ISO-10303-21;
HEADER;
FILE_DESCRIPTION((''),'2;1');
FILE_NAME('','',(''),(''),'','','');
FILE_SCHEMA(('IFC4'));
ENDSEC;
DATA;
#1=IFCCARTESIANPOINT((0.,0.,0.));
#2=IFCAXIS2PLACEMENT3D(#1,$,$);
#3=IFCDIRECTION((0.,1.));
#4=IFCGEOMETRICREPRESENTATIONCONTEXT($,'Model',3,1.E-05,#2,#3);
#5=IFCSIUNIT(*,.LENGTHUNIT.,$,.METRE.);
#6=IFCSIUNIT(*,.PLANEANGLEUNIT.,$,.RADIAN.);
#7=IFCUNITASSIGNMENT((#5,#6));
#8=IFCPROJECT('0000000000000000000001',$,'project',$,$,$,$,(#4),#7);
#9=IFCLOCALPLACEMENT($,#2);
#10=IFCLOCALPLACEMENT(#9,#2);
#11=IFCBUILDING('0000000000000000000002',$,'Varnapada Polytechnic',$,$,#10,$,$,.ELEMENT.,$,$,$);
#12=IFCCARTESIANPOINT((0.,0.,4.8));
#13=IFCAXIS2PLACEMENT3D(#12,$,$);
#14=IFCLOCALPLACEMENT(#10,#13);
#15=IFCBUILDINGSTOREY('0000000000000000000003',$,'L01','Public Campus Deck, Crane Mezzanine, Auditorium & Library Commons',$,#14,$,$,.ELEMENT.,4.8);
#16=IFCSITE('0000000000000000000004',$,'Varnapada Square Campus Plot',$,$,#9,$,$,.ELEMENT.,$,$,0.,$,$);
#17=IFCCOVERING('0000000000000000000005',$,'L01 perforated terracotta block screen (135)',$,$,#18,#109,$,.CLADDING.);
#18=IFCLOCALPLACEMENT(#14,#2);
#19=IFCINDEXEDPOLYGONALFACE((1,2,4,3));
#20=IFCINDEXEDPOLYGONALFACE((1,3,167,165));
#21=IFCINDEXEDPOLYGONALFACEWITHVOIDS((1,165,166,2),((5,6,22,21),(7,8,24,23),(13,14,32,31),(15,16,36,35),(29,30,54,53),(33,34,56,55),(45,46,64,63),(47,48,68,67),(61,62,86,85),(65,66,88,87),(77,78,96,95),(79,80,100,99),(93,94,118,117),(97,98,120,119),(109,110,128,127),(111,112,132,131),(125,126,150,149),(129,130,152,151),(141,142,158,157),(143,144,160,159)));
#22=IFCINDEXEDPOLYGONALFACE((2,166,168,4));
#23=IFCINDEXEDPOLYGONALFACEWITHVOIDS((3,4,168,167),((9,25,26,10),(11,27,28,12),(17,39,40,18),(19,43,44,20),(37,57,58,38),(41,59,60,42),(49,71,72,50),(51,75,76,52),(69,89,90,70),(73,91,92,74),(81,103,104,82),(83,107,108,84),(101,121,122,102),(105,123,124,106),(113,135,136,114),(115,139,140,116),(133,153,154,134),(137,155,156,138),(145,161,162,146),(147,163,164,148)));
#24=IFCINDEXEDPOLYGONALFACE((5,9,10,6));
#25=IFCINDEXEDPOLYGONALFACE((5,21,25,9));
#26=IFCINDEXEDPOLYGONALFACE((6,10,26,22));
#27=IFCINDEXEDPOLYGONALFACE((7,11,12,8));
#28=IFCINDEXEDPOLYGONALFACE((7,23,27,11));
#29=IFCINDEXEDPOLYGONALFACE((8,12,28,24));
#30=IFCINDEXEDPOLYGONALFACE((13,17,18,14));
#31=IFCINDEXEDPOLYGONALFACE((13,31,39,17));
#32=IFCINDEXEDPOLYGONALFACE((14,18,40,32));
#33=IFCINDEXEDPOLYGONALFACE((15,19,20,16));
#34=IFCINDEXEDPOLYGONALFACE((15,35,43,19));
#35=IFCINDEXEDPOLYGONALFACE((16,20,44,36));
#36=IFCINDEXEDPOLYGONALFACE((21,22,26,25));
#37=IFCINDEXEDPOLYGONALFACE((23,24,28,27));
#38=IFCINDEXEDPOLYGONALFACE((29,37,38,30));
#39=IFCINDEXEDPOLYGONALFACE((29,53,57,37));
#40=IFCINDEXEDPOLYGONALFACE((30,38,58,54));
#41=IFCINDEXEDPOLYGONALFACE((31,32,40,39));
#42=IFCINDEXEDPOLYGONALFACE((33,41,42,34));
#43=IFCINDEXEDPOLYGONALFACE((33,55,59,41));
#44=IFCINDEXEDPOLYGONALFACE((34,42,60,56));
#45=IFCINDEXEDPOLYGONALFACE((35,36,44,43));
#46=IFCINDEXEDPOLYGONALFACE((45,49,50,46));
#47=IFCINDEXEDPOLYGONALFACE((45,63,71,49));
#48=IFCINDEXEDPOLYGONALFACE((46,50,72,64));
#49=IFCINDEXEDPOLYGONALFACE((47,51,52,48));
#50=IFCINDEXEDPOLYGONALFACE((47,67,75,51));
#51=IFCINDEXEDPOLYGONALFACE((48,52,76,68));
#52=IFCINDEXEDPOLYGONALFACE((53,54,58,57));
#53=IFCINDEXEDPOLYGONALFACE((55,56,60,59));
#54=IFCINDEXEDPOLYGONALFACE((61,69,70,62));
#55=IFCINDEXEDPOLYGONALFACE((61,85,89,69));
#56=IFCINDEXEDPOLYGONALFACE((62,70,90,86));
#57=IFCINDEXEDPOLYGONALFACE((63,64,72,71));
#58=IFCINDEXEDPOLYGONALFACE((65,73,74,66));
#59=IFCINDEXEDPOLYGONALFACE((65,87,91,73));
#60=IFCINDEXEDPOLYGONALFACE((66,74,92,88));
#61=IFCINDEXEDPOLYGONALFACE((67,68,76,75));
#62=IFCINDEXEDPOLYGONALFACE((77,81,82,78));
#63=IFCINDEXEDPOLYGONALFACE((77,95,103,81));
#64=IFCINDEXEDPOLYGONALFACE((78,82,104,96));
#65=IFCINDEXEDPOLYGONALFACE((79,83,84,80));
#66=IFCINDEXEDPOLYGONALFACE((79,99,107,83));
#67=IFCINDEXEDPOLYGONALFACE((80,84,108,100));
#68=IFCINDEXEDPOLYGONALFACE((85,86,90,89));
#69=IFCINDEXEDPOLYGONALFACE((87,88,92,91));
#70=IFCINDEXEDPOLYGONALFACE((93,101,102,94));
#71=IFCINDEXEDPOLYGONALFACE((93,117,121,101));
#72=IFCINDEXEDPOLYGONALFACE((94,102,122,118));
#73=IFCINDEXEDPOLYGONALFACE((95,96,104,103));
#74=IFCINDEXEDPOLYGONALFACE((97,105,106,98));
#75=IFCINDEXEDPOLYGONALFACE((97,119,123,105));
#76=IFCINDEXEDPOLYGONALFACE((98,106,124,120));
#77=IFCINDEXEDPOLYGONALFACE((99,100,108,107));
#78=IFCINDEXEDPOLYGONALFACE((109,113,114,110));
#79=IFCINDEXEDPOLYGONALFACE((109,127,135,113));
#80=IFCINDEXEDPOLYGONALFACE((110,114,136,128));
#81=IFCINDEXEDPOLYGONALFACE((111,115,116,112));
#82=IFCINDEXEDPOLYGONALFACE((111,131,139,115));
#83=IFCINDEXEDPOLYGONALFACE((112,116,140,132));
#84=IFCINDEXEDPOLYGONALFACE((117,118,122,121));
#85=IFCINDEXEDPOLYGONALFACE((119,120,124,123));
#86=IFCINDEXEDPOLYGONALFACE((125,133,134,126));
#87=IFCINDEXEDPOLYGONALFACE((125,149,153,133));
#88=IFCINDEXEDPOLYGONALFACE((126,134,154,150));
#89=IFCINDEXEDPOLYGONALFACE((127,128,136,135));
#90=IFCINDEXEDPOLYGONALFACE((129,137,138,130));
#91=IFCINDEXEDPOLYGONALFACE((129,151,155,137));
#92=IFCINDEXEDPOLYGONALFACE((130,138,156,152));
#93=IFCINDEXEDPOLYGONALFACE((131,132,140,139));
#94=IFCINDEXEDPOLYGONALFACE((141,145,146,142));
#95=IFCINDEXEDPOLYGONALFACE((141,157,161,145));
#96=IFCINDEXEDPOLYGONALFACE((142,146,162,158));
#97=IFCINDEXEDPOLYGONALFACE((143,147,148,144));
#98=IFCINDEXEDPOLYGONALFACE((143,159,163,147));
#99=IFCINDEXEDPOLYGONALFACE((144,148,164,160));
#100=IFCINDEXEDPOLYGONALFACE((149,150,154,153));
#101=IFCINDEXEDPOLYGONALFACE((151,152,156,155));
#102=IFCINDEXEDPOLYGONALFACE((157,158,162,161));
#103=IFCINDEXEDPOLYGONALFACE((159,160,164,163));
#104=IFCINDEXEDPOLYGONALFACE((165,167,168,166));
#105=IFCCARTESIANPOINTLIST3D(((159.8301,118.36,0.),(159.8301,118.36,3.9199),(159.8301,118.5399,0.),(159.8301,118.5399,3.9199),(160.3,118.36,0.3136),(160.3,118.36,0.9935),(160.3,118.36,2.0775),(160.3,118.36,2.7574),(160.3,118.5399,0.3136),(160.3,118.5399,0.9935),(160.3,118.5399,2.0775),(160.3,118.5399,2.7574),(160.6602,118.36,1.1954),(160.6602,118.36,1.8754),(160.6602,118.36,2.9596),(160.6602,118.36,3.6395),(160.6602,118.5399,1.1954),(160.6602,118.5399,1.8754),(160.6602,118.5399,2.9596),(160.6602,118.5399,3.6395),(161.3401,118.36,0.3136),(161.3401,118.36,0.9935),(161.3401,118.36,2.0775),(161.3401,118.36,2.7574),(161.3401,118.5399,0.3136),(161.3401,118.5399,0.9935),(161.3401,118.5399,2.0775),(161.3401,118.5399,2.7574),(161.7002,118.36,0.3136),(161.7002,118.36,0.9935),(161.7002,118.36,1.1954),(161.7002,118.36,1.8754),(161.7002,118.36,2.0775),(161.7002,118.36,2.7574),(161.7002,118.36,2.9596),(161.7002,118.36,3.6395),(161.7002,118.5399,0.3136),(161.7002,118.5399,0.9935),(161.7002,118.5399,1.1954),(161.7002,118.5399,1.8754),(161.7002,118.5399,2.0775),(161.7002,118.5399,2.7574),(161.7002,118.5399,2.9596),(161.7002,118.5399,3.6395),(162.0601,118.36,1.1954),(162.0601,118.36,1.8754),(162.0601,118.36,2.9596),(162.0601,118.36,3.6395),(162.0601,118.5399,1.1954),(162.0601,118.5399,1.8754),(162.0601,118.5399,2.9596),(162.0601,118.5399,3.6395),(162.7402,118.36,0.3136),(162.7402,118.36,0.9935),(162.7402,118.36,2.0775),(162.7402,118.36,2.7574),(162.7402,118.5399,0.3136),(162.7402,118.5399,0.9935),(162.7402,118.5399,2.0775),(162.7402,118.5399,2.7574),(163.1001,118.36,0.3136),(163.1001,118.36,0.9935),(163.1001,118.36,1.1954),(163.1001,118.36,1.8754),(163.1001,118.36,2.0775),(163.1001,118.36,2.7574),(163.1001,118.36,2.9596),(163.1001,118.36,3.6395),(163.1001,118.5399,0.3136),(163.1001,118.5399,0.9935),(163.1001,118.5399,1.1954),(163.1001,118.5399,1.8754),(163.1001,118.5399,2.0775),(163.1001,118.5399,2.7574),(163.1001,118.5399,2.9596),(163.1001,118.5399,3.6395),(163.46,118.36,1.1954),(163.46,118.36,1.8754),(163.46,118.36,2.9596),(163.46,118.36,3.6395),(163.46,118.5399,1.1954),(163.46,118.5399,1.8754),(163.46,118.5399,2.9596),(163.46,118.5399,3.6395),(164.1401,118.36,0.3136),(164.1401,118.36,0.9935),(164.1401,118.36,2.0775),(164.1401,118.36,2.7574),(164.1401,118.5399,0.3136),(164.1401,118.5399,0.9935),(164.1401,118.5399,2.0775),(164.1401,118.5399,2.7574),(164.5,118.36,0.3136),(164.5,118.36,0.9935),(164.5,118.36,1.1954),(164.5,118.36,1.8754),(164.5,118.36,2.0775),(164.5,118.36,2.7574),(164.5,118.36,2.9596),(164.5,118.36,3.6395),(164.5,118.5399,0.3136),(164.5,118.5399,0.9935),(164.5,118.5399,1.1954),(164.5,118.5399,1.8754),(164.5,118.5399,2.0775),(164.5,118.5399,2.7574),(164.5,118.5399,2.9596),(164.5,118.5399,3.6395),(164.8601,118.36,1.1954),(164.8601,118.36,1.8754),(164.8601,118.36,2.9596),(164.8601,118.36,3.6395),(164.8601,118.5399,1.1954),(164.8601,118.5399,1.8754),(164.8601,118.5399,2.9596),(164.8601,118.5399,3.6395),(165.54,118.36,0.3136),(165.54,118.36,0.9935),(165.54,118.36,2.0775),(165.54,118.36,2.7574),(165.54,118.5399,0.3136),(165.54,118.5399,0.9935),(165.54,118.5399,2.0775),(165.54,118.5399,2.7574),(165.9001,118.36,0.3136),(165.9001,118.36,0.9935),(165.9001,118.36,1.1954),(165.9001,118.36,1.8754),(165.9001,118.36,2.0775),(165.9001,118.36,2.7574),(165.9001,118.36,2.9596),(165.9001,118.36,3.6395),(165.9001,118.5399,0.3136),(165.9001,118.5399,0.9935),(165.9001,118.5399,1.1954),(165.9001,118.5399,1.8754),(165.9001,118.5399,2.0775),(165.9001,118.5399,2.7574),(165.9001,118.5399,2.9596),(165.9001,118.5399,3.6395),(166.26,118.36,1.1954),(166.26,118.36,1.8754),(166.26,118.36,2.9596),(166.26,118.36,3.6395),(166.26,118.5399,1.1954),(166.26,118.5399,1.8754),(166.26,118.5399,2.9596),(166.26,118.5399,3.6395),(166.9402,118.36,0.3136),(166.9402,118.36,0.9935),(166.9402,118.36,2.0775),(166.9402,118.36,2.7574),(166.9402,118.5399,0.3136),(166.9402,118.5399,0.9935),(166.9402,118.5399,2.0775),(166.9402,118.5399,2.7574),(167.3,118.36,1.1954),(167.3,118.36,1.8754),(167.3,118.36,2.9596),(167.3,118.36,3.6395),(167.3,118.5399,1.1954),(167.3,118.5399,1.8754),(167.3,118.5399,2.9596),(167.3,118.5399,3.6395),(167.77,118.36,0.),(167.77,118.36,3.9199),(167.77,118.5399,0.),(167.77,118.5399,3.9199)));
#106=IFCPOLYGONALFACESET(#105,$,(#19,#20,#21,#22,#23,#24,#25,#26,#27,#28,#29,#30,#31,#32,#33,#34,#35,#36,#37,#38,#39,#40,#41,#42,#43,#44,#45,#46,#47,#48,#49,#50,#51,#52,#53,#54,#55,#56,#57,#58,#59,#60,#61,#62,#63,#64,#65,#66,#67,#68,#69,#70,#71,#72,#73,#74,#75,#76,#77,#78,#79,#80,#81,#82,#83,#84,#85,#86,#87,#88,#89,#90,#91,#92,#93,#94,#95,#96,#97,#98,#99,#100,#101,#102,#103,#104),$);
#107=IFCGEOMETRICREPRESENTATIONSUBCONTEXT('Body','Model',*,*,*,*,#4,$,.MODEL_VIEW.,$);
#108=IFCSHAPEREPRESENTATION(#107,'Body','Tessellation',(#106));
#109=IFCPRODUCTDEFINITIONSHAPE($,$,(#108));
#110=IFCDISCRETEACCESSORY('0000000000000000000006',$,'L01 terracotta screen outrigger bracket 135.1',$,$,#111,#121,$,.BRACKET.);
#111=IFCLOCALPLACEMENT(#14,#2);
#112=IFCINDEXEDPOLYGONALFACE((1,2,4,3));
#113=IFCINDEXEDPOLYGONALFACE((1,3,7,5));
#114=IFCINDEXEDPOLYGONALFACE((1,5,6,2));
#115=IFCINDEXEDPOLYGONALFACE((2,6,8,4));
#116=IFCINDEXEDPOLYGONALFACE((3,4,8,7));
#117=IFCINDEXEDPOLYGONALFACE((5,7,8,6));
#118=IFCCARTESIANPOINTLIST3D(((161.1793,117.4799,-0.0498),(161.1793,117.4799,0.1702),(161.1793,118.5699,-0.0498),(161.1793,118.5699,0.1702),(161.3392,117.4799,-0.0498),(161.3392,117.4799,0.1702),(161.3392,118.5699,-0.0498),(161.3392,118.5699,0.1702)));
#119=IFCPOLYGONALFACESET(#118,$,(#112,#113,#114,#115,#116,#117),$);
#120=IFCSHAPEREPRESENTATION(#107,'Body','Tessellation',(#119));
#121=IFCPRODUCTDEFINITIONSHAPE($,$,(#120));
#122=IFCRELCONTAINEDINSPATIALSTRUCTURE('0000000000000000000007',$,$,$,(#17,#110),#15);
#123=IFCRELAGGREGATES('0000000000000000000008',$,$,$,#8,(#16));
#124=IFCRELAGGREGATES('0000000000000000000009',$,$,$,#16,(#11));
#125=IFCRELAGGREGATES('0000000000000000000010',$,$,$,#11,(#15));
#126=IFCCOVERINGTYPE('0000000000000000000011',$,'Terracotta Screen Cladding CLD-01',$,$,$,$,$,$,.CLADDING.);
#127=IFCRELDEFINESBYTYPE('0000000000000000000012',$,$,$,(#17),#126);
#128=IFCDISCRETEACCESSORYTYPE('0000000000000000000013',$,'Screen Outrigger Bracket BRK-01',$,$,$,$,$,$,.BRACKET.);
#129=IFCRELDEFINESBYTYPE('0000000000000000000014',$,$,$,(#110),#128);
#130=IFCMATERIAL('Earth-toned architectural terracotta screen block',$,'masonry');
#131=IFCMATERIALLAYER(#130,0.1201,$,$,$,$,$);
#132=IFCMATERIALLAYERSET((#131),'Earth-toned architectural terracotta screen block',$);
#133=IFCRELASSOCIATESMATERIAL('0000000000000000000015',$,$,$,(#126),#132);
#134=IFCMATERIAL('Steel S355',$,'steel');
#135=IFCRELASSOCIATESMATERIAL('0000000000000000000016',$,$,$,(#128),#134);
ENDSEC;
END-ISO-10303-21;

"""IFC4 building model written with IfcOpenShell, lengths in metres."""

from ifc_helpers import new_model, si_unit, direction, frame, frame_2d, origin, origin_2d, place, context, subcontext, project, spatial, rectangle, extrude, material, layer, layer_set, type_object, element, save


model = new_model("IFC4")

# Units and contexts
model_context = context("Model", 3, precision=1e-05, world=origin(), true_north=direction((0.0, 1.0)))
body_context = subcontext(model_context, "Body", "Model", "MODEL_VIEW")
ifc_project = project(units=[si_unit("LENGTHUNIT", "METRE"), si_unit("PLANEANGLEUNIT", "RADIAN")], contexts=[model_context])

# Site, building, storey
site_placement = place(None, origin())
site = spatial("IfcSite", under=ifc_project, at=site_placement, Name="Varnapada Square Campus Plot", CompositionType="ELEMENT", RefElevation=0.0)
building_placement = place(site_placement, origin())
building = spatial("IfcBuilding", under=site, at=building_placement, Name="Varnapada Polytechnic", CompositionType="ELEMENT")
storey_placement = place(building_placement, frame((0.0, 0.0, 4.8)))
storey = spatial("IfcBuildingStorey", under=building, at=storey_placement, Name="L01", Description="Public Campus Deck, Crane Mezzanine, Auditorium & Library Commons", CompositionType="ELEMENT", Elevation=4.8)

# Shared definitions
ifc_material_1 = material(Name="Steel S355", Category="steel")

# Covering, openings
ifc_material_2 = material(Name="Earth-toned architectural terracotta screen block", Category="masonry")
ifc_layer_1 = layer(ifc_material_2, 0.1201)
ifc_layer_set_1 = layer_set([ifc_layer_1], Name="Earth-toned architectural terracotta screen block")
covering_type = type_object("IfcCoveringType", Name="Terracotta Screen Cladding CLD-01", PredefinedType="CLADDING", material=ifc_layer_set_1)
covering_placement = place(storey_placement, frame((159.8301, 118.45, 0.0), z_axis=(0.0, 0.0, 1.0), x_axis=(1.0, 0.0, 0.0)))
covering = element("IfcCovering", 1, at=covering_placement, inside=storey, type_object=covering_type, Name="L01 perforated terracotta block screen (135)", PredefinedType="CLADDING", context=body_context, shape_type="SweptSolid", body=[
    extrude(rectangle(XDim=7.9399, YDim=0.1799, at=frame_2d((3.97, 0.0))), origin(), (0.0, 0.0, 1.0), 3.9199),
])
opening_1_placement = place(covering_placement, frame((0.47, 0.0, 0.3137)))
element("IfcOpeningElement", 2, at=opening_1_placement, cuts=covering, PredefinedType="OPENING", context=body_context, shape_type="SweptSolid", body=[
    extrude(rectangle(XDim=1.04, YDim=0.6799, at=frame_2d((0.52, 0.3398))), frame((0.0, 0.0999, 0.0), z_axis=(0.0, -1.0, 0.0), x_axis=(1.0, 0.0, 0.0)), (0.0, 0.0, 1.0), 0.2),
])
opening_2_placement = place(covering_placement, frame((1.8701, 0.0, 0.3137)))
element("IfcOpeningElement", 3, at=opening_2_placement, cuts=covering, PredefinedType="OPENING", context=body_context, shape_type="SweptSolid", body=[
    extrude(rectangle(XDim=1.04, YDim=0.6799, at=frame_2d((0.52, 0.3398))), frame((0.0, 0.0999, 0.0), z_axis=(0.0, -1.0, 0.0), x_axis=(1.0, 0.0, 0.0)), (0.0, 0.0, 1.0), 0.2),
])
opening_3_placement = place(covering_placement, frame((3.27, 0.0, 0.3137)))
element("IfcOpeningElement", 4, at=opening_3_placement, cuts=covering, PredefinedType="OPENING", context=body_context, shape_type="SweptSolid", body=[
    extrude(rectangle(XDim=1.04, YDim=0.6799, at=frame_2d((0.52, 0.3398))), frame((0.0, 0.0999, 0.0), z_axis=(0.0, -1.0, 0.0), x_axis=(1.0, 0.0, 0.0)), (0.0, 0.0, 1.0), 0.2),
])
opening_4_placement = place(covering_placement, frame((4.6699, 0.0, 0.3137)))
element("IfcOpeningElement", 5, at=opening_4_placement, cuts=covering, PredefinedType="OPENING", context=body_context, shape_type="SweptSolid", body=[
    extrude(rectangle(XDim=1.04, YDim=0.6799, at=frame_2d((0.52, 0.3398))), frame((0.0, 0.0999, 0.0), z_axis=(0.0, -1.0, 0.0), x_axis=(1.0, 0.0, 0.0)), (0.0, 0.0, 1.0), 0.2),
])
opening_5_placement = place(covering_placement, frame((6.0701, 0.0, 0.3137)))
element("IfcOpeningElement", 6, at=opening_5_placement, cuts=covering, PredefinedType="OPENING", context=body_context, shape_type="SweptSolid", body=[
    extrude(rectangle(XDim=1.04, YDim=0.6799, at=frame_2d((0.52, 0.3398))), frame((0.0, 0.0999, 0.0), z_axis=(0.0, -1.0, 0.0), x_axis=(1.0, 0.0, 0.0)), (0.0, 0.0, 1.0), 0.2),
])
opening_6_placement = place(covering_placement, frame((0.8301, 0.0, 1.1956)))
element("IfcOpeningElement", 7, at=opening_6_placement, cuts=covering, PredefinedType="OPENING", context=body_context, shape_type="SweptSolid", body=[
    extrude(rectangle(XDim=1.04, YDim=0.6799, at=frame_2d((0.52, 0.3398))), frame((0.0, 0.0999, 0.0), z_axis=(0.0, -1.0, 0.0), x_axis=(1.0, 0.0, 0.0)), (0.0, 0.0, 1.0), 0.2),
])
opening_7_placement = place(covering_placement, frame((2.23, 0.0, 1.1956)))
element("IfcOpeningElement", 8, at=opening_7_placement, cuts=covering, PredefinedType="OPENING", context=body_context, shape_type="SweptSolid", body=[
    extrude(rectangle(XDim=1.04, YDim=0.6799, at=frame_2d((0.52, 0.3398))), frame((0.0, 0.0999, 0.0), z_axis=(0.0, -1.0, 0.0), x_axis=(1.0, 0.0, 0.0)), (0.0, 0.0, 1.0), 0.2),
])
opening_8_placement = place(covering_placement, frame((3.6299, 0.0, 1.1956)))
element("IfcOpeningElement", 9, at=opening_8_placement, cuts=covering, PredefinedType="OPENING", context=body_context, shape_type="SweptSolid", body=[
    extrude(rectangle(XDim=1.04, YDim=0.6799, at=frame_2d((0.52, 0.3398))), frame((0.0, 0.0999, 0.0), z_axis=(0.0, -1.0, 0.0), x_axis=(1.0, 0.0, 0.0)), (0.0, 0.0, 1.0), 0.2),
])
opening_9_placement = place(covering_placement, frame((5.03, 0.0, 1.1956)))
element("IfcOpeningElement", 10, at=opening_9_placement, cuts=covering, PredefinedType="OPENING", context=body_context, shape_type="SweptSolid", body=[
    extrude(rectangle(XDim=1.04, YDim=0.6799, at=frame_2d((0.52, 0.3398))), frame((0.0, 0.0999, 0.0), z_axis=(0.0, -1.0, 0.0), x_axis=(1.0, 0.0, 0.0)), (0.0, 0.0, 1.0), 0.2),
])
opening_10_placement = place(covering_placement, frame((6.4299, 0.0, 1.1956)))
element("IfcOpeningElement", 11, at=opening_10_placement, cuts=covering, PredefinedType="OPENING", context=body_context, shape_type="SweptSolid", body=[
    extrude(rectangle(XDim=1.04, YDim=0.6799, at=frame_2d((0.52, 0.3398))), frame((0.0, 0.0999, 0.0), z_axis=(0.0, -1.0, 0.0), x_axis=(1.0, 0.0, 0.0)), (0.0, 0.0, 1.0), 0.2),
])
opening_11_placement = place(covering_placement, frame((0.47, 0.0, 2.0776)))
element("IfcOpeningElement", 12, at=opening_11_placement, cuts=covering, PredefinedType="OPENING", context=body_context, shape_type="SweptSolid", body=[
    extrude(rectangle(XDim=1.04, YDim=0.6799, at=frame_2d((0.52, 0.3398))), frame((0.0, 0.0999, 0.0), z_axis=(0.0, -1.0, 0.0), x_axis=(1.0, 0.0, 0.0)), (0.0, 0.0, 1.0), 0.2),
])
opening_12_placement = place(covering_placement, frame((1.8701, 0.0, 2.0776)))
element("IfcOpeningElement", 13, at=opening_12_placement, cuts=covering, PredefinedType="OPENING", context=body_context, shape_type="SweptSolid", body=[
    extrude(rectangle(XDim=1.04, YDim=0.6799, at=frame_2d((0.52, 0.3398))), frame((0.0, 0.0999, 0.0), z_axis=(0.0, -1.0, 0.0), x_axis=(1.0, 0.0, 0.0)), (0.0, 0.0, 1.0), 0.2),
])
opening_13_placement = place(covering_placement, frame((3.27, 0.0, 2.0776)))
element("IfcOpeningElement", 14, at=opening_13_placement, cuts=covering, PredefinedType="OPENING", context=body_context, shape_type="SweptSolid", body=[
    extrude(rectangle(XDim=1.04, YDim=0.6799, at=frame_2d((0.52, 0.3398))), frame((0.0, 0.0999, 0.0), z_axis=(0.0, -1.0, 0.0), x_axis=(1.0, 0.0, 0.0)), (0.0, 0.0, 1.0), 0.2),
])
opening_14_placement = place(covering_placement, frame((4.6699, 0.0, 2.0776)))
element("IfcOpeningElement", 15, at=opening_14_placement, cuts=covering, PredefinedType="OPENING", context=body_context, shape_type="SweptSolid", body=[
    extrude(rectangle(XDim=1.04, YDim=0.6799, at=frame_2d((0.52, 0.3398))), frame((0.0, 0.0999, 0.0), z_axis=(0.0, -1.0, 0.0), x_axis=(1.0, 0.0, 0.0)), (0.0, 0.0, 1.0), 0.2),
])
opening_15_placement = place(covering_placement, frame((6.0701, 0.0, 2.0776)))
element("IfcOpeningElement", 16, at=opening_15_placement, cuts=covering, PredefinedType="OPENING", context=body_context, shape_type="SweptSolid", body=[
    extrude(rectangle(XDim=1.04, YDim=0.6799, at=frame_2d((0.52, 0.3398))), frame((0.0, 0.0999, 0.0), z_axis=(0.0, -1.0, 0.0), x_axis=(1.0, 0.0, 0.0)), (0.0, 0.0, 1.0), 0.2),
])
opening_16_placement = place(covering_placement, frame((0.8301, 0.0, 2.9597)))
element("IfcOpeningElement", 17, at=opening_16_placement, cuts=covering, PredefinedType="OPENING", context=body_context, shape_type="SweptSolid", body=[
    extrude(rectangle(XDim=1.04, YDim=0.6799, at=frame_2d((0.52, 0.3398))), frame((0.0, 0.0999, 0.0), z_axis=(0.0, -1.0, 0.0), x_axis=(1.0, 0.0, 0.0)), (0.0, 0.0, 1.0), 0.2),
])
opening_17_placement = place(covering_placement, frame((2.23, 0.0, 2.9597)))
element("IfcOpeningElement", 18, at=opening_17_placement, cuts=covering, PredefinedType="OPENING", context=body_context, shape_type="SweptSolid", body=[
    extrude(rectangle(XDim=1.04, YDim=0.6799, at=frame_2d((0.52, 0.3398))), frame((0.0, 0.0999, 0.0), z_axis=(0.0, -1.0, 0.0), x_axis=(1.0, 0.0, 0.0)), (0.0, 0.0, 1.0), 0.2),
])
opening_18_placement = place(covering_placement, frame((3.6299, 0.0, 2.9597)))
element("IfcOpeningElement", 19, at=opening_18_placement, cuts=covering, PredefinedType="OPENING", context=body_context, shape_type="SweptSolid", body=[
    extrude(rectangle(XDim=1.04, YDim=0.6799, at=frame_2d((0.52, 0.3398))), frame((0.0, 0.0999, 0.0), z_axis=(0.0, -1.0, 0.0), x_axis=(1.0, 0.0, 0.0)), (0.0, 0.0, 1.0), 0.2),
])
opening_19_placement = place(covering_placement, frame((5.03, 0.0, 2.9597)))
element("IfcOpeningElement", 20, at=opening_19_placement, cuts=covering, PredefinedType="OPENING", context=body_context, shape_type="SweptSolid", body=[
    extrude(rectangle(XDim=1.04, YDim=0.6799, at=frame_2d((0.52, 0.3398))), frame((0.0, 0.0999, 0.0), z_axis=(0.0, -1.0, 0.0), x_axis=(1.0, 0.0, 0.0)), (0.0, 0.0, 1.0), 0.2),
])
opening_20_placement = place(covering_placement, frame((6.4299, 0.0, 2.9597)))
element("IfcOpeningElement", 21, at=opening_20_placement, cuts=covering, PredefinedType="OPENING", context=body_context, shape_type="SweptSolid", body=[
    extrude(rectangle(XDim=1.04, YDim=0.6799, at=frame_2d((0.52, 0.3398))), frame((0.0, 0.0999, 0.0), z_axis=(0.0, -1.0, 0.0), x_axis=(1.0, 0.0, 0.0)), (0.0, 0.0, 1.0), 0.2),
])

# Discrete accessory
discrete_accessory_type = type_object("IfcDiscreteAccessoryType", Name="Screen Outrigger Bracket BRK-01", PredefinedType="BRACKET", material=ifc_material_1)
for number, where, z_axis, x_axis, name in (
    (22, (161.2593, 118.0249, -0.0498), (0.0, 0.0, 1.0), (1.0, 0.0, 0.0), "L01 terracotta screen outrigger bracket 135.1"),
):
    element("IfcDiscreteAccessory", number, at=place(storey_placement, frame(where, z_axis=z_axis, x_axis=x_axis)), inside=storey, type_object=discrete_accessory_type, Name=name, PredefinedType="BRACKET", context=body_context, shape_type="SweptSolid", body=[
        extrude(rectangle(XDim=0.1599, YDim=1.0901, at=origin_2d()), origin(), (0.0, 0.0, 1.0), 0.22),
    ])

save(model, "model.ifc")
